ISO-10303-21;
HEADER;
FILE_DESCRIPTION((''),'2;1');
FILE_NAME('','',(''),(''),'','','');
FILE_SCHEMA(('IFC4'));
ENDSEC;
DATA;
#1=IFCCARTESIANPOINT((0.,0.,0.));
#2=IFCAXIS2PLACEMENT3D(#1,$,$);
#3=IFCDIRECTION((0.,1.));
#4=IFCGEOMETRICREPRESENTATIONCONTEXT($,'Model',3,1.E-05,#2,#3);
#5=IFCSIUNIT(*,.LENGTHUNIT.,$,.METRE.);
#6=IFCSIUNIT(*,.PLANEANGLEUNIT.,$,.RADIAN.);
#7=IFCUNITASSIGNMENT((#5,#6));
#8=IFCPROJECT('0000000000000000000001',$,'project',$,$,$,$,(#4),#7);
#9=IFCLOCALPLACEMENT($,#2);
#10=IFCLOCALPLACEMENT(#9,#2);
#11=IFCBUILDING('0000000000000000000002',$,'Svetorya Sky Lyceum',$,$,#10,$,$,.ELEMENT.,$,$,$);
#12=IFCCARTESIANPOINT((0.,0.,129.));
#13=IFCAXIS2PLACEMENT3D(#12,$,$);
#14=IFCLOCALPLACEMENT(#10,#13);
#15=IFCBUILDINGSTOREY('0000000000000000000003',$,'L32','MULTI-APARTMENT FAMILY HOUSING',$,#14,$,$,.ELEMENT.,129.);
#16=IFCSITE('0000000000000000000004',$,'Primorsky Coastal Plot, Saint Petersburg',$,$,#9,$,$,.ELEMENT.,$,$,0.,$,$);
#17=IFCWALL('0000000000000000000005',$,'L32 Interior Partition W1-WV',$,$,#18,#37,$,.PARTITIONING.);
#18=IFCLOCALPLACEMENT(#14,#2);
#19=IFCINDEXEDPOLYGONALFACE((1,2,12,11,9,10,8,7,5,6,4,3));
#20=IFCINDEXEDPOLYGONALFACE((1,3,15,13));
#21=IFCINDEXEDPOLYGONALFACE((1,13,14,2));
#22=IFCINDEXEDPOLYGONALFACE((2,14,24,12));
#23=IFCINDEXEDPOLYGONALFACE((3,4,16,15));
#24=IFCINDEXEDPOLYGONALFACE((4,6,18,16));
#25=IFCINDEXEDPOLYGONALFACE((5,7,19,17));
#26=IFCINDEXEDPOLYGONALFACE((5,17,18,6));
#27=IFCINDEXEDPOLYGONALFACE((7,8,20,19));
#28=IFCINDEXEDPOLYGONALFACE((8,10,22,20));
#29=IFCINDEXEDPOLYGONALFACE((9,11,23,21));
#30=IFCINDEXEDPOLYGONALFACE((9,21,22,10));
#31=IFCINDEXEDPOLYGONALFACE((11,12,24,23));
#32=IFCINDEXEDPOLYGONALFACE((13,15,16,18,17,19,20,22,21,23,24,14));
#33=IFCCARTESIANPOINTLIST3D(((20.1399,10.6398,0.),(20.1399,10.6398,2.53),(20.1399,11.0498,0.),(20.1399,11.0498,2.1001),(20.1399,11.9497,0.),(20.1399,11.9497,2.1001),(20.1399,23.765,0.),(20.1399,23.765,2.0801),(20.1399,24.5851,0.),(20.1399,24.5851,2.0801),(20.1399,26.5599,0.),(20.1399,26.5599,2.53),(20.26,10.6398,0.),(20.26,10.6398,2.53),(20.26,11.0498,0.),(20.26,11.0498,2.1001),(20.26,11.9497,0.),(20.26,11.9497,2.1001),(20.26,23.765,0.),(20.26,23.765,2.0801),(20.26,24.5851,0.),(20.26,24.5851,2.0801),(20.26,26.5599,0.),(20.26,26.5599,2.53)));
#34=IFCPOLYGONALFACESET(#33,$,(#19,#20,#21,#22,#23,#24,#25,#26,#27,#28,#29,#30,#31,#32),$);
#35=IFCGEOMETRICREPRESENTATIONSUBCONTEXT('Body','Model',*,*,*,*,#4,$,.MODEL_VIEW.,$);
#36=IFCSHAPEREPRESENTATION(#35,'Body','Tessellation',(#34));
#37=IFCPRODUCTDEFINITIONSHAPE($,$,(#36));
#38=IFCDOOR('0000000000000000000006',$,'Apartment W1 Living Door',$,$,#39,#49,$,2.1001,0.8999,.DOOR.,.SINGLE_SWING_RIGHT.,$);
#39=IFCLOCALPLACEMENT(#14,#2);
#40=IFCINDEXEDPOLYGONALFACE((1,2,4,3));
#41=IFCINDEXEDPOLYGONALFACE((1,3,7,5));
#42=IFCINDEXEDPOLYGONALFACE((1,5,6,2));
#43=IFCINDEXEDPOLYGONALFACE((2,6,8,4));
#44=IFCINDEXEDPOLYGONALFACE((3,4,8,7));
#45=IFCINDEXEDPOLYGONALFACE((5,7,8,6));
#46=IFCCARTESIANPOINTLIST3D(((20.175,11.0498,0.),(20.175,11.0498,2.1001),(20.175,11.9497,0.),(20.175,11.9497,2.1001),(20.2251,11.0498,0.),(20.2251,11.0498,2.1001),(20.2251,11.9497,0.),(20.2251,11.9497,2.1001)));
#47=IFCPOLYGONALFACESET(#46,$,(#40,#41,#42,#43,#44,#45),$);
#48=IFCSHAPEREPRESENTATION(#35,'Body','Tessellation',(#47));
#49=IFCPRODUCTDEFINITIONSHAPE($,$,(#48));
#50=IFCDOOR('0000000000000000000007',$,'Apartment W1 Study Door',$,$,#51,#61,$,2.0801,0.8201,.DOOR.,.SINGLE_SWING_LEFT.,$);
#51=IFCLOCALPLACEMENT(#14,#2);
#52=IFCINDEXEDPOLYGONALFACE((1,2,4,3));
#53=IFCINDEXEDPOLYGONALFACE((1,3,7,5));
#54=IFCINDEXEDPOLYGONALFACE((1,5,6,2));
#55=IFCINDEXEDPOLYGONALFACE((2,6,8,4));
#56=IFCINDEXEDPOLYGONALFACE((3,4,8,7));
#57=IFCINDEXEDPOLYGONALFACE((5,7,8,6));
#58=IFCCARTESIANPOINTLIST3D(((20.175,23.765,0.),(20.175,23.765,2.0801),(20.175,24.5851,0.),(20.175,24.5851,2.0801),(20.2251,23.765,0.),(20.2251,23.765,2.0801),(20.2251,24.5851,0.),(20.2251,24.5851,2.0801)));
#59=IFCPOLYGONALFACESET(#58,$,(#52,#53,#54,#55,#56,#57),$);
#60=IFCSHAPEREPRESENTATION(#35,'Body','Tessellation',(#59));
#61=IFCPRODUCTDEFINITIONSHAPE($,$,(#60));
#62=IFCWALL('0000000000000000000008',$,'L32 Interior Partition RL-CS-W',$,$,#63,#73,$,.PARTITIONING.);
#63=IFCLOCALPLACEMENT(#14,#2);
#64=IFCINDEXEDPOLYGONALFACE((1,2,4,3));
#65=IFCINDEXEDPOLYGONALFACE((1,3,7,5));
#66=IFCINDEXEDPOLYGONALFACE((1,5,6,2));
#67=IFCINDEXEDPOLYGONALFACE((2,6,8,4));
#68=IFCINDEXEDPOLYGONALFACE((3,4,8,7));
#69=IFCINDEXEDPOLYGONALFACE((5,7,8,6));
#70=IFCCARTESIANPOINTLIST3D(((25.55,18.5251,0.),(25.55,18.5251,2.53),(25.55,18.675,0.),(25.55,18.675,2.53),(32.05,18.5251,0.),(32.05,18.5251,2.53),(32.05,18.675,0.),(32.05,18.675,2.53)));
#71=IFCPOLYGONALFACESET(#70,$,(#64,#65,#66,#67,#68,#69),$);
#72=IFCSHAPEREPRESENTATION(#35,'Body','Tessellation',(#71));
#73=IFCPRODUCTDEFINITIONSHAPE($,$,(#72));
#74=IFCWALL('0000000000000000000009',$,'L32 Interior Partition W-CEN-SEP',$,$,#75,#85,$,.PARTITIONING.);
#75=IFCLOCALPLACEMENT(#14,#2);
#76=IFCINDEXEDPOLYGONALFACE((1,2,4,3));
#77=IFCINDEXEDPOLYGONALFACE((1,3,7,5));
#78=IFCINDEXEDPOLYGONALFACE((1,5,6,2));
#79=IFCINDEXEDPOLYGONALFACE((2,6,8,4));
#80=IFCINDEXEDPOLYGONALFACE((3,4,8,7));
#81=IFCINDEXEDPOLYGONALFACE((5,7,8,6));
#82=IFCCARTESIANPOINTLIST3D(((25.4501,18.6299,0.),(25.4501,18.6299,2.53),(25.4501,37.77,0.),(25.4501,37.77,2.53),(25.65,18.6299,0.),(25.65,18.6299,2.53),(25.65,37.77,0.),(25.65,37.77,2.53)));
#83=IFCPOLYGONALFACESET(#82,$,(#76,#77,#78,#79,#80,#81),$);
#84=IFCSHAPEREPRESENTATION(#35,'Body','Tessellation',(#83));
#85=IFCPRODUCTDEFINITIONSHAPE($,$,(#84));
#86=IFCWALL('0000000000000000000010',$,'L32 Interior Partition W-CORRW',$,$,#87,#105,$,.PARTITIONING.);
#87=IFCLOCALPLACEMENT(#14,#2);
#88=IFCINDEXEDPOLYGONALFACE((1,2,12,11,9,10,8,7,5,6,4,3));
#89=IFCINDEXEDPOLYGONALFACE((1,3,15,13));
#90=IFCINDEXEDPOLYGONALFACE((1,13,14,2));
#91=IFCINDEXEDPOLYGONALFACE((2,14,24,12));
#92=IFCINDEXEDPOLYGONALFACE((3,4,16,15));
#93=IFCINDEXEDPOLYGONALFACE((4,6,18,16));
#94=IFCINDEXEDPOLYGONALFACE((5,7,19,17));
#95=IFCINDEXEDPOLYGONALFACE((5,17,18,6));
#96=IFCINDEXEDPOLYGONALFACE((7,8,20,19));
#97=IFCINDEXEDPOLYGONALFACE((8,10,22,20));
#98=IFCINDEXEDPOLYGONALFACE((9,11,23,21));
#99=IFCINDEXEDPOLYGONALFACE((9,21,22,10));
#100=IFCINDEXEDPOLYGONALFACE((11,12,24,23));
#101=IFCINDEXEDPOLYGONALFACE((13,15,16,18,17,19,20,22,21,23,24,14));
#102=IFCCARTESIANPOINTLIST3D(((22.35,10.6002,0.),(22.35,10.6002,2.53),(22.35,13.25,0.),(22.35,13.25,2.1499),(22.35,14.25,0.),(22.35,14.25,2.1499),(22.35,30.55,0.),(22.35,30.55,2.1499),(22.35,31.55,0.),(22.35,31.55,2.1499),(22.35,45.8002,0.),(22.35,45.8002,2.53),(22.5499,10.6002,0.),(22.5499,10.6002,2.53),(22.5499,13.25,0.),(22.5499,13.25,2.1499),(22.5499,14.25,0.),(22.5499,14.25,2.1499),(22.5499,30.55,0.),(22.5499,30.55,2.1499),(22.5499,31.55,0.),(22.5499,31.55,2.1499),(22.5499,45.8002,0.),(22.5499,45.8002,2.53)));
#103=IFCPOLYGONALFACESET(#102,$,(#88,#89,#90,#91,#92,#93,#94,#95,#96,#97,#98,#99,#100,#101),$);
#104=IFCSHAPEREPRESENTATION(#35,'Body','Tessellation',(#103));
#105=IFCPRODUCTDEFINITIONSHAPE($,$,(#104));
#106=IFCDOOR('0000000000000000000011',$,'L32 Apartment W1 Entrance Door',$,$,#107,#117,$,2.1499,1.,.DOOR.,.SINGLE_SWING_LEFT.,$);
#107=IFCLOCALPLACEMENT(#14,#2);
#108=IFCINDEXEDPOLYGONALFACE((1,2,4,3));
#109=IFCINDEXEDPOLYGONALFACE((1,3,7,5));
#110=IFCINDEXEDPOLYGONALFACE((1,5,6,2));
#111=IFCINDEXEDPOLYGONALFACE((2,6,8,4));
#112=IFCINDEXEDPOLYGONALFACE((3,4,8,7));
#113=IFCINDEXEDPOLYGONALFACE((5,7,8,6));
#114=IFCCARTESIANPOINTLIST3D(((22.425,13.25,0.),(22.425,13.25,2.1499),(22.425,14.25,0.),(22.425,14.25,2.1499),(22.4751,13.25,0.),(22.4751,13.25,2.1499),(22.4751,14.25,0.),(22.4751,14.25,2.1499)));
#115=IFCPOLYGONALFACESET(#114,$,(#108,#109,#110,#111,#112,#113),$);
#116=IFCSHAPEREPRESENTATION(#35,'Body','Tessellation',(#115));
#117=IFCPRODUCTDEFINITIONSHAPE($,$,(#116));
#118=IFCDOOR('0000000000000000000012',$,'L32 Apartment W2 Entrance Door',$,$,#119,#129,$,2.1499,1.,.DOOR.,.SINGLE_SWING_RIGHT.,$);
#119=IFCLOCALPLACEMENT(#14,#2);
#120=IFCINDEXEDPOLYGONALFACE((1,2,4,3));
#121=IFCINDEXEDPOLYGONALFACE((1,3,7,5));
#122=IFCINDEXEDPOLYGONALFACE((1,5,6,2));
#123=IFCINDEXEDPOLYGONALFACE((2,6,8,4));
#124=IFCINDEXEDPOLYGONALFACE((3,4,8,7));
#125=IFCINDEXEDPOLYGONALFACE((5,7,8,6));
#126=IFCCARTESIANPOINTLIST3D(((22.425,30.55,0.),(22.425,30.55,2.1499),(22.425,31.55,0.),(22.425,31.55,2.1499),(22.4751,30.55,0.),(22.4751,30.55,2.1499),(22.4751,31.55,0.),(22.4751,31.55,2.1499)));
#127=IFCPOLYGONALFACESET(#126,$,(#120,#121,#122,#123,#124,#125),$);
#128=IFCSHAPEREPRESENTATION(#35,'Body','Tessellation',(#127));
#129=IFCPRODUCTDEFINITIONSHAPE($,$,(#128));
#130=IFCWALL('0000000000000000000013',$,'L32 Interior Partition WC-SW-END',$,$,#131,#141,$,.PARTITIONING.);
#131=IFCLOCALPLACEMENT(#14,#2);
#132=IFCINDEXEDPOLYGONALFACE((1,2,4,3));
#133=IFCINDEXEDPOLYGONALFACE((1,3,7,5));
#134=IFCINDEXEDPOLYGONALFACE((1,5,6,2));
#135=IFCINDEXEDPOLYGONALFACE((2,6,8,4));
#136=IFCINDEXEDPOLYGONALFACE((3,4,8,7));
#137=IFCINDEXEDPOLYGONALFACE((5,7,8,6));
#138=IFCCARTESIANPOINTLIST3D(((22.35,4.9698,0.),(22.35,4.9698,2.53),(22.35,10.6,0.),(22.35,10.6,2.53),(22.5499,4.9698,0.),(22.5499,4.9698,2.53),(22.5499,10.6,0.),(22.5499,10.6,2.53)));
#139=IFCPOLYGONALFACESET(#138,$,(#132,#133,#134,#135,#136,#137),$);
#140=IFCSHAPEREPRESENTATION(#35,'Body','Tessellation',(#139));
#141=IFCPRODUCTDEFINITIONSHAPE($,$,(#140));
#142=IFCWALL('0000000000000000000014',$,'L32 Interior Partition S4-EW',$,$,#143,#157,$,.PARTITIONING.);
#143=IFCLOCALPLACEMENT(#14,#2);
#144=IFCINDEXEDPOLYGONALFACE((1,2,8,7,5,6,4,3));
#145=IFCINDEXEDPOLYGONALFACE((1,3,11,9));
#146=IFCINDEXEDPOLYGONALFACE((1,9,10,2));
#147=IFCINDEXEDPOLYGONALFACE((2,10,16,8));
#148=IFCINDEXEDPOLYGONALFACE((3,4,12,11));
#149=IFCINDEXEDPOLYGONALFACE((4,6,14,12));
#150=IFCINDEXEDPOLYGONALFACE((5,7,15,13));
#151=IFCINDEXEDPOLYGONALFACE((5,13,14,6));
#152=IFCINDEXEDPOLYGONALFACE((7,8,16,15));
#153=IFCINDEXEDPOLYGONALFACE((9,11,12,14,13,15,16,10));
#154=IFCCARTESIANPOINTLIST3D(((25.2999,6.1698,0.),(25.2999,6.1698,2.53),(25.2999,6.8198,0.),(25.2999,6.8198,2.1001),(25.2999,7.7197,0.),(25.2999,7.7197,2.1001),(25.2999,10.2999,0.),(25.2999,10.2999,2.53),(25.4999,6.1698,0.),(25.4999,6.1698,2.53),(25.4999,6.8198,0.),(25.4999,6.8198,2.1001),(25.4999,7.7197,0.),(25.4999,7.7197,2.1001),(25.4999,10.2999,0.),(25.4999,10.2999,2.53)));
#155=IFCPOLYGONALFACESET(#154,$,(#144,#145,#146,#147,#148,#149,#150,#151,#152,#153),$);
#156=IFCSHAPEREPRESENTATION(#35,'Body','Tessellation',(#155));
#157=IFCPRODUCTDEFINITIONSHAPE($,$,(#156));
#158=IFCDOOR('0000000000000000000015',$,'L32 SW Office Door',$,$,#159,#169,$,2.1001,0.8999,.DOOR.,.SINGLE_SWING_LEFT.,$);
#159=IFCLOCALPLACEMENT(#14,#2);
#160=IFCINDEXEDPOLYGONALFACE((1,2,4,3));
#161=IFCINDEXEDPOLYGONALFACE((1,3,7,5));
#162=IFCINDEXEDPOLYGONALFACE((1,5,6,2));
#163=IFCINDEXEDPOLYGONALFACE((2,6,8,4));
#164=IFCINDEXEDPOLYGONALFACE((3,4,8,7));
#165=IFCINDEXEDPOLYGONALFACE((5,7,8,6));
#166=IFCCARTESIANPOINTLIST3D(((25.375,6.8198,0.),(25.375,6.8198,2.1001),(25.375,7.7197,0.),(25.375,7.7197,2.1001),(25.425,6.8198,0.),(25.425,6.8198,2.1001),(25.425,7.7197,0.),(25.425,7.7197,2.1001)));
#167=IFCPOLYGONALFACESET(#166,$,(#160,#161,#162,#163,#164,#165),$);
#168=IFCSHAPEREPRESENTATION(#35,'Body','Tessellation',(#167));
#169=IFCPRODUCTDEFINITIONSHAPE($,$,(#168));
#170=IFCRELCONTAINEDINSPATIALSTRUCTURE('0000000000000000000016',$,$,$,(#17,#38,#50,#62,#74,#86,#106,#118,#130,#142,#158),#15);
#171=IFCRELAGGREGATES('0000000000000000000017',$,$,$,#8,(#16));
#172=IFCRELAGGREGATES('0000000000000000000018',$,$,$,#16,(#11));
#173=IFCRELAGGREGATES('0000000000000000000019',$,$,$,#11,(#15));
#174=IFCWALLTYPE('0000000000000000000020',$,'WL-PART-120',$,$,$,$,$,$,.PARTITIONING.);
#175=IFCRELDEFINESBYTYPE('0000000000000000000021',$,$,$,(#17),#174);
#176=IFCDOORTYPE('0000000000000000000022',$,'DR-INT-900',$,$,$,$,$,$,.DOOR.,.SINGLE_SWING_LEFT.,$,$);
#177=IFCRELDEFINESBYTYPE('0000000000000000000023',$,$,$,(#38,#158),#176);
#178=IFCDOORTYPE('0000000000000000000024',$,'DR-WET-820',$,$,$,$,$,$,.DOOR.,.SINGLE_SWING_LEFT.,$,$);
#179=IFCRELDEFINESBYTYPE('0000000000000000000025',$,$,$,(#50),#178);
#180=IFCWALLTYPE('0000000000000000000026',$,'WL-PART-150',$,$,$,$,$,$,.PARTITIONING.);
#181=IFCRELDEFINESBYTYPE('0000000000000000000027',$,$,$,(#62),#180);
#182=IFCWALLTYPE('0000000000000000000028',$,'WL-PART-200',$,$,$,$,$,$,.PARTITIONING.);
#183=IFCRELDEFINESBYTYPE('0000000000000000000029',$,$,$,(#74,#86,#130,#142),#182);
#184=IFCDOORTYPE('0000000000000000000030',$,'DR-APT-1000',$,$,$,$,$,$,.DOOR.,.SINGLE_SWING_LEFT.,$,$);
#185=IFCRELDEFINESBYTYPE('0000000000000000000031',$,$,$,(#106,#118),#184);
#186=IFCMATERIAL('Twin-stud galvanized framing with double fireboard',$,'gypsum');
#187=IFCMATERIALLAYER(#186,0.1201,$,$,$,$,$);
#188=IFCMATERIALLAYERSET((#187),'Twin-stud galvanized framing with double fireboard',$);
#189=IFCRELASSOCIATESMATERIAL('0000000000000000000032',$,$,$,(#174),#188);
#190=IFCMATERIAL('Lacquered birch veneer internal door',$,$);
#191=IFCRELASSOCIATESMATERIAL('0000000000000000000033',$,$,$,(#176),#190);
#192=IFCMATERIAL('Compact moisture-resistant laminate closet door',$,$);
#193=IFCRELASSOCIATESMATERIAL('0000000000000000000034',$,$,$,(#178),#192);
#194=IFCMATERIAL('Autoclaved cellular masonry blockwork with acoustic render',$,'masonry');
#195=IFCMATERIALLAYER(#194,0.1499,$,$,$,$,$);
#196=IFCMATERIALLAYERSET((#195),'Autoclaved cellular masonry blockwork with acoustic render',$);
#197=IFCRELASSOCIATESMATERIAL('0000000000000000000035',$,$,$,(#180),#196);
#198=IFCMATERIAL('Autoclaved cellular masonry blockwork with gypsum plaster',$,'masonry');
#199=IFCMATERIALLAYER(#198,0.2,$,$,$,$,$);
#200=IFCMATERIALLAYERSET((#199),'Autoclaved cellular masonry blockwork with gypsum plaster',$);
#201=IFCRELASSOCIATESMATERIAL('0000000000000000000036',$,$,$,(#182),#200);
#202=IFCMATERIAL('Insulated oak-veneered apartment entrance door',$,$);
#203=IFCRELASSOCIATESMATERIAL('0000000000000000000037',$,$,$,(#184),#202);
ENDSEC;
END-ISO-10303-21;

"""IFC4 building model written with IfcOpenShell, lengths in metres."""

from ifc_helpers import new_model, si_unit, direction, frame, frame_2d, origin, place, context, subcontext, project, spatial, rectangle, extrude, material, layer, layer_set, type_object, element, fill, save


model = new_model("IFC4")

# Units and contexts
model_context = context("Model", 3, precision=1e-05, world=origin(), true_north=direction((0.0, 1.0)))
body_context = subcontext(model_context, "Body", "Model", "MODEL_VIEW")
ifc_project = project(units=[si_unit("LENGTHUNIT", "METRE"), si_unit("PLANEANGLEUNIT", "RADIAN")], contexts=[model_context])

# Site, building, storey
site_placement = place(None, origin())
site = spatial("IfcSite", under=ifc_project, at=site_placement, Name="Primorsky Coastal Plot, Saint Petersburg", CompositionType="ELEMENT", RefElevation=0.0)
building_placement = place(site_placement, origin())
building = spatial("IfcBuilding", under=site, at=building_placement, Name="Svetorya Sky Lyceum", CompositionType="ELEMENT")
storey_placement = place(building_placement, frame((0.0, 0.0, 129.0)))
storey = spatial("IfcBuildingStorey", under=building, at=storey_placement, Name="L32", Description="MULTI-APARTMENT FAMILY HOUSING", CompositionType="ELEMENT", Elevation=129.0)

# Shared definitions
ifc_material_1 = material(Name="Twin-stud galvanized framing with double fireboard", Category="gypsum")
ifc_layer_1 = layer(ifc_material_1, 0.1201)
ifc_layer_set_1 = layer_set([ifc_layer_1], Name="Twin-stud galvanized framing with double fireboard")
wall_type_1 = type_object("IfcWallType", Name="WL-PART-120", PredefinedType="PARTITIONING", material=ifc_layer_set_1)
ifc_material_2 = material(Name="Lacquered birch veneer internal door")
door_type_1 = type_object("IfcDoorType", Name="DR-INT-900", OperationType="SINGLE_SWING_LEFT", PredefinedType="DOOR", material=ifc_material_2)

# Wall, openings, doors
wall_1_placement = place(storey_placement, frame((20.2, 10.6399, 0.0), z_axis=(0.0, 0.0, 1.0), x_axis=(0.0, 1.0, 0.0)))
wall_1 = element("IfcWall", 1, at=wall_1_placement, inside=storey, type_object=wall_type_1, Name="L32 Interior Partition W1-WV", PredefinedType="PARTITIONING", context=body_context, shape_type="SweptSolid", body=[
    extrude(rectangle(XDim=15.9202, YDim=0.1201, at=frame_2d((7.96, 0.0))), origin(), (0.0, 0.0, 1.0), 2.53),
])
opening_1_placement = place(wall_1_placement, frame((0.4099, 0.0, 0.0)))
opening_1 = element("IfcOpeningElement", 2, at=opening_1_placement, cuts=wall_1, PredefinedType="OPENING", context=body_context, shape_type="SweptSolid", body=[
    extrude(rectangle(XDim=0.8999, YDim=2.1001, at=frame_2d((0.45, 1.05))), frame((0.0, 0.0701, 0.0), z_axis=(0.0, -1.0, 0.0), x_axis=(1.0, 0.0, 0.0)), (0.0, 0.0, 1.0), 0.1401),
])
opening_2_placement = place(wall_1_placement, frame((13.125, 0.0, 0.0)))
opening_2 = element("IfcOpeningElement", 3, at=opening_2_placement, cuts=wall_1, PredefinedType="OPENING", context=body_context, shape_type="SweptSolid", body=[
    extrude(rectangle(XDim=0.8201, YDim=2.0801, at=frame_2d((0.4102, 1.04))), frame((0.0, 0.0701, 0.0), z_axis=(0.0, -1.0, 0.0), x_axis=(1.0, 0.0, 0.0)), (0.0, 0.0, 1.0), 0.1401),
])
door_1_placement = place(opening_1_placement, origin())
door_1 = element("IfcDoor", 4, at=door_1_placement, inside=storey, type_object=door_type_1, Name="Apartment W1 Living Door", OperationType="SINGLE_SWING_RIGHT", OverallHeight=2.1001, OverallWidth=0.8999, PredefinedType="DOOR", context=body_context, shape_type="SweptSolid", body=[
    extrude(rectangle(XDim=0.8999, YDim=2.1001, at=frame_2d((0.45, 1.05))), frame((0.0, 0.0249, 0.0), z_axis=(0.0, -1.0, 0.0), x_axis=(1.0, 0.0, 0.0)), (0.0, 0.0, 1.0), 0.05),
])
fill(opening_1, door_1)
ifc_material_3 = material(Name="Compact moisture-resistant laminate closet door")
door_type_2 = type_object("IfcDoorType", Name="DR-WET-820", OperationType="SINGLE_SWING_LEFT", PredefinedType="DOOR", material=ifc_material_3)
door_2_placement = place(opening_2_placement, origin())
door_2 = element("IfcDoor", 5, at=door_2_placement, inside=storey, type_object=door_type_2, Name="Apartment W1 Study Door", OperationType="SINGLE_SWING_LEFT", OverallHeight=2.0801, OverallWidth=0.8201, PredefinedType="DOOR", context=body_context, shape_type="SweptSolid", body=[
    extrude(rectangle(XDim=0.8201, YDim=2.0801, at=frame_2d((0.4102, 1.04))), frame((0.0, 0.0249, 0.0), z_axis=(0.0, -1.0, 0.0), x_axis=(1.0, 0.0, 0.0)), (0.0, 0.0, 1.0), 0.05),
])
fill(opening_2, door_2)

# Walls
ifc_material_4 = material(Name="Autoclaved cellular masonry blockwork with acoustic render", Category="masonry")
ifc_layer_2 = layer(ifc_material_4, 0.1499)
ifc_layer_set_2 = layer_set([ifc_layer_2], Name="Autoclaved cellular masonry blockwork with acoustic render")
wall_type_2 = type_object("IfcWallType", Name="WL-PART-150", PredefinedType="PARTITIONING", material=ifc_layer_set_2)
wall_2_placement = place(storey_placement, frame((25.55, 18.6001, 0.0), z_axis=(0.0, 0.0, 1.0), x_axis=(1.0, 0.0, 0.0)))
element("IfcWall", 6, at=wall_2_placement, inside=storey, type_object=wall_type_2, Name="L32 Interior Partition RL-CS-W", PredefinedType="PARTITIONING", context=body_context, shape_type="SweptSolid", body=[
    extrude(rectangle(XDim=6.5, YDim=0.1499, at=frame_2d((3.25, 0.0))), origin(), (0.0, 0.0, 1.0), 2.53),
])
ifc_material_5 = material(Name="Autoclaved cellular masonry blockwork with gypsum plaster", Category="masonry")
ifc_layer_3 = layer(ifc_material_5, 0.2)
ifc_layer_set_3 = layer_set([ifc_layer_3], Name="Autoclaved cellular masonry blockwork with gypsum plaster")
wall_type_3 = type_object("IfcWallType", Name="WL-PART-200", PredefinedType="PARTITIONING", material=ifc_layer_set_3)
wall_3_placement = place(storey_placement, frame((25.55, 18.6299, 0.0), z_axis=(0.0, 0.0, 1.0), x_axis=(0.0, 1.0, 0.0)))
element("IfcWall", 7, at=wall_3_placement, inside=storey, type_object=wall_type_3, Name="L32 Interior Partition W-CEN-SEP", PredefinedType="PARTITIONING", context=body_context, shape_type="SweptSolid", body=[
    extrude(rectangle(XDim=19.1401, YDim=0.2, at=frame_2d((9.5701, 0.0))), origin(), (0.0, 0.0, 1.0), 2.53),
])

# Wall, openings, doors
wall_4_placement = place(storey_placement, frame((22.45, 10.6001, 0.0), z_axis=(0.0, 0.0, 1.0), x_axis=(0.0, 1.0, 0.0)))
wall_4 = element("IfcWall", 8, at=wall_4_placement, inside=storey, type_object=wall_type_3, Name="L32 Interior Partition W-CORRW", PredefinedType="PARTITIONING", context=body_context, shape_type="SweptSolid", body=[
    extrude(rectangle(XDim=35.2, YDim=0.2, at=frame_2d((17.6001, 0.0))), origin(), (0.0, 0.0, 1.0), 2.53),
])
opening_3_placement = place(wall_4_placement, frame((2.6499, 0.0, 0.0)))
opening_3 = element("IfcOpeningElement", 9, at=opening_3_placement, cuts=wall_4, PredefinedType="OPENING", context=body_context, shape_type="SweptSolid", body=[
    extrude(rectangle(XDim=1.0, YDim=2.1499, at=frame_2d((0.5, 1.075))), frame((0.0, 0.1099, 0.0), z_axis=(0.0, -1.0, 0.0), x_axis=(1.0, 0.0, 0.0)), (0.0, 0.0, 1.0), 0.22),
])
opening_4_placement = place(wall_4_placement, frame((19.95, 0.0, 0.0)))
opening_4 = element("IfcOpeningElement", 10, at=opening_4_placement, cuts=wall_4, PredefinedType="OPENING", context=body_context, shape_type="SweptSolid", body=[
    extrude(rectangle(XDim=1.0, YDim=2.1499, at=frame_2d((0.5, 1.075))), frame((0.0, 0.1099, 0.0), z_axis=(0.0, -1.0, 0.0), x_axis=(1.0, 0.0, 0.0)), (0.0, 0.0, 1.0), 0.22),
])
ifc_material_6 = material(Name="Insulated oak-veneered apartment entrance door")
door_type_3 = type_object("IfcDoorType", Name="DR-APT-1000", OperationType="SINGLE_SWING_LEFT", PredefinedType="DOOR", material=ifc_material_6)
door_3_placement = place(opening_3_placement, origin())
door_3 = element("IfcDoor", 11, at=door_3_placement, inside=storey, type_object=door_type_3, Name="L32 Apartment W1 Entrance Door", OperationType="SINGLE_SWING_LEFT", OverallHeight=2.1499, OverallWidth=1.0, PredefinedType="DOOR", context=body_context, shape_type="SweptSolid", body=[
    extrude(rectangle(XDim=1.0, YDim=2.1499, at=frame_2d((0.5, 1.075))), frame((0.0, 0.0249, 0.0), z_axis=(0.0, -1.0, 0.0), x_axis=(1.0, 0.0, 0.0)), (0.0, 0.0, 1.0), 0.05),
])
fill(opening_3, door_3)
door_4_placement = place(opening_4_placement, origin())
door_4 = element("IfcDoor", 12, at=door_4_placement, inside=storey, type_object=door_type_3, Name="L32 Apartment W2 Entrance Door", OperationType="SINGLE_SWING_RIGHT", OverallHeight=2.1499, OverallWidth=1.0, PredefinedType="DOOR", context=body_context, shape_type="SweptSolid", body=[
    extrude(rectangle(XDim=1.0, YDim=2.1499, at=frame_2d((0.5, 1.075))), frame((0.0, 0.0249, 0.0), z_axis=(0.0, -1.0, 0.0), x_axis=(1.0, 0.0, 0.0)), (0.0, 0.0, 1.0), 0.05),
])
fill(opening_4, door_4)

# Wall
wall_5_placement = place(storey_placement, frame((22.45, 4.97, 0.0), z_axis=(0.0, 0.0, 1.0), x_axis=(0.0, 1.0, 0.0)))
element("IfcWall", 13, at=wall_5_placement, inside=storey, type_object=wall_type_3, Name="L32 Interior Partition WC-SW-END", PredefinedType="PARTITIONING", context=body_context, shape_type="SweptSolid", body=[
    extrude(rectangle(XDim=5.6301, YDim=0.2, at=frame_2d((2.8149, 0.0))), origin(), (0.0, 0.0, 1.0), 2.53),
])

# Wall, opening, door
wall_6_placement = place(storey_placement, frame((25.3999, 6.1699, 0.0), z_axis=(0.0, 0.0, 1.0), x_axis=(0.0, 1.0, 0.0)))
wall_6 = element("IfcWall", 14, at=wall_6_placement, inside=storey, type_object=wall_type_3, Name="L32 Interior Partition S4-EW", PredefinedType="PARTITIONING", context=body_context, shape_type="SweptSolid", body=[
    extrude(rectangle(XDim=4.1301, YDim=0.2, at=frame_2d((2.0649, 0.0))), origin(), (0.0, 0.0, 1.0), 2.53),
])
opening_5_placement = place(wall_6_placement, frame((0.6499, 0.0, 0.0)))
opening_5 = element("IfcOpeningElement", 15, at=opening_5_placement, cuts=wall_6, PredefinedType="OPENING", context=body_context, shape_type="SweptSolid", body=[
    extrude(rectangle(XDim=0.8999, YDim=2.1001, at=frame_2d((0.45, 1.05))), frame((0.0, 0.1099, 0.0), z_axis=(0.0, -1.0, 0.0), x_axis=(1.0, 0.0, 0.0)), (0.0, 0.0, 1.0), 0.22),
])
door_5_placement = place(opening_5_placement, origin())
door_5 = element("IfcDoor", 16, at=door_5_placement, inside=storey, type_object=door_type_1, Name="L32 SW Office Door", OperationType="SINGLE_SWING_LEFT", OverallHeight=2.1001, OverallWidth=0.8999, PredefinedType="DOOR", context=body_context, shape_type="SweptSolid", body=[
    extrude(rectangle(XDim=0.8999, YDim=2.1001, at=frame_2d((0.45, 1.05))), frame((0.0, 0.0249, 0.0), z_axis=(0.0, -1.0, 0.0), x_axis=(1.0, 0.0, 0.0)), (0.0, 0.0, 1.0), 0.05),
])
fill(opening_5, door_5)

save(model, "model.ifc")
